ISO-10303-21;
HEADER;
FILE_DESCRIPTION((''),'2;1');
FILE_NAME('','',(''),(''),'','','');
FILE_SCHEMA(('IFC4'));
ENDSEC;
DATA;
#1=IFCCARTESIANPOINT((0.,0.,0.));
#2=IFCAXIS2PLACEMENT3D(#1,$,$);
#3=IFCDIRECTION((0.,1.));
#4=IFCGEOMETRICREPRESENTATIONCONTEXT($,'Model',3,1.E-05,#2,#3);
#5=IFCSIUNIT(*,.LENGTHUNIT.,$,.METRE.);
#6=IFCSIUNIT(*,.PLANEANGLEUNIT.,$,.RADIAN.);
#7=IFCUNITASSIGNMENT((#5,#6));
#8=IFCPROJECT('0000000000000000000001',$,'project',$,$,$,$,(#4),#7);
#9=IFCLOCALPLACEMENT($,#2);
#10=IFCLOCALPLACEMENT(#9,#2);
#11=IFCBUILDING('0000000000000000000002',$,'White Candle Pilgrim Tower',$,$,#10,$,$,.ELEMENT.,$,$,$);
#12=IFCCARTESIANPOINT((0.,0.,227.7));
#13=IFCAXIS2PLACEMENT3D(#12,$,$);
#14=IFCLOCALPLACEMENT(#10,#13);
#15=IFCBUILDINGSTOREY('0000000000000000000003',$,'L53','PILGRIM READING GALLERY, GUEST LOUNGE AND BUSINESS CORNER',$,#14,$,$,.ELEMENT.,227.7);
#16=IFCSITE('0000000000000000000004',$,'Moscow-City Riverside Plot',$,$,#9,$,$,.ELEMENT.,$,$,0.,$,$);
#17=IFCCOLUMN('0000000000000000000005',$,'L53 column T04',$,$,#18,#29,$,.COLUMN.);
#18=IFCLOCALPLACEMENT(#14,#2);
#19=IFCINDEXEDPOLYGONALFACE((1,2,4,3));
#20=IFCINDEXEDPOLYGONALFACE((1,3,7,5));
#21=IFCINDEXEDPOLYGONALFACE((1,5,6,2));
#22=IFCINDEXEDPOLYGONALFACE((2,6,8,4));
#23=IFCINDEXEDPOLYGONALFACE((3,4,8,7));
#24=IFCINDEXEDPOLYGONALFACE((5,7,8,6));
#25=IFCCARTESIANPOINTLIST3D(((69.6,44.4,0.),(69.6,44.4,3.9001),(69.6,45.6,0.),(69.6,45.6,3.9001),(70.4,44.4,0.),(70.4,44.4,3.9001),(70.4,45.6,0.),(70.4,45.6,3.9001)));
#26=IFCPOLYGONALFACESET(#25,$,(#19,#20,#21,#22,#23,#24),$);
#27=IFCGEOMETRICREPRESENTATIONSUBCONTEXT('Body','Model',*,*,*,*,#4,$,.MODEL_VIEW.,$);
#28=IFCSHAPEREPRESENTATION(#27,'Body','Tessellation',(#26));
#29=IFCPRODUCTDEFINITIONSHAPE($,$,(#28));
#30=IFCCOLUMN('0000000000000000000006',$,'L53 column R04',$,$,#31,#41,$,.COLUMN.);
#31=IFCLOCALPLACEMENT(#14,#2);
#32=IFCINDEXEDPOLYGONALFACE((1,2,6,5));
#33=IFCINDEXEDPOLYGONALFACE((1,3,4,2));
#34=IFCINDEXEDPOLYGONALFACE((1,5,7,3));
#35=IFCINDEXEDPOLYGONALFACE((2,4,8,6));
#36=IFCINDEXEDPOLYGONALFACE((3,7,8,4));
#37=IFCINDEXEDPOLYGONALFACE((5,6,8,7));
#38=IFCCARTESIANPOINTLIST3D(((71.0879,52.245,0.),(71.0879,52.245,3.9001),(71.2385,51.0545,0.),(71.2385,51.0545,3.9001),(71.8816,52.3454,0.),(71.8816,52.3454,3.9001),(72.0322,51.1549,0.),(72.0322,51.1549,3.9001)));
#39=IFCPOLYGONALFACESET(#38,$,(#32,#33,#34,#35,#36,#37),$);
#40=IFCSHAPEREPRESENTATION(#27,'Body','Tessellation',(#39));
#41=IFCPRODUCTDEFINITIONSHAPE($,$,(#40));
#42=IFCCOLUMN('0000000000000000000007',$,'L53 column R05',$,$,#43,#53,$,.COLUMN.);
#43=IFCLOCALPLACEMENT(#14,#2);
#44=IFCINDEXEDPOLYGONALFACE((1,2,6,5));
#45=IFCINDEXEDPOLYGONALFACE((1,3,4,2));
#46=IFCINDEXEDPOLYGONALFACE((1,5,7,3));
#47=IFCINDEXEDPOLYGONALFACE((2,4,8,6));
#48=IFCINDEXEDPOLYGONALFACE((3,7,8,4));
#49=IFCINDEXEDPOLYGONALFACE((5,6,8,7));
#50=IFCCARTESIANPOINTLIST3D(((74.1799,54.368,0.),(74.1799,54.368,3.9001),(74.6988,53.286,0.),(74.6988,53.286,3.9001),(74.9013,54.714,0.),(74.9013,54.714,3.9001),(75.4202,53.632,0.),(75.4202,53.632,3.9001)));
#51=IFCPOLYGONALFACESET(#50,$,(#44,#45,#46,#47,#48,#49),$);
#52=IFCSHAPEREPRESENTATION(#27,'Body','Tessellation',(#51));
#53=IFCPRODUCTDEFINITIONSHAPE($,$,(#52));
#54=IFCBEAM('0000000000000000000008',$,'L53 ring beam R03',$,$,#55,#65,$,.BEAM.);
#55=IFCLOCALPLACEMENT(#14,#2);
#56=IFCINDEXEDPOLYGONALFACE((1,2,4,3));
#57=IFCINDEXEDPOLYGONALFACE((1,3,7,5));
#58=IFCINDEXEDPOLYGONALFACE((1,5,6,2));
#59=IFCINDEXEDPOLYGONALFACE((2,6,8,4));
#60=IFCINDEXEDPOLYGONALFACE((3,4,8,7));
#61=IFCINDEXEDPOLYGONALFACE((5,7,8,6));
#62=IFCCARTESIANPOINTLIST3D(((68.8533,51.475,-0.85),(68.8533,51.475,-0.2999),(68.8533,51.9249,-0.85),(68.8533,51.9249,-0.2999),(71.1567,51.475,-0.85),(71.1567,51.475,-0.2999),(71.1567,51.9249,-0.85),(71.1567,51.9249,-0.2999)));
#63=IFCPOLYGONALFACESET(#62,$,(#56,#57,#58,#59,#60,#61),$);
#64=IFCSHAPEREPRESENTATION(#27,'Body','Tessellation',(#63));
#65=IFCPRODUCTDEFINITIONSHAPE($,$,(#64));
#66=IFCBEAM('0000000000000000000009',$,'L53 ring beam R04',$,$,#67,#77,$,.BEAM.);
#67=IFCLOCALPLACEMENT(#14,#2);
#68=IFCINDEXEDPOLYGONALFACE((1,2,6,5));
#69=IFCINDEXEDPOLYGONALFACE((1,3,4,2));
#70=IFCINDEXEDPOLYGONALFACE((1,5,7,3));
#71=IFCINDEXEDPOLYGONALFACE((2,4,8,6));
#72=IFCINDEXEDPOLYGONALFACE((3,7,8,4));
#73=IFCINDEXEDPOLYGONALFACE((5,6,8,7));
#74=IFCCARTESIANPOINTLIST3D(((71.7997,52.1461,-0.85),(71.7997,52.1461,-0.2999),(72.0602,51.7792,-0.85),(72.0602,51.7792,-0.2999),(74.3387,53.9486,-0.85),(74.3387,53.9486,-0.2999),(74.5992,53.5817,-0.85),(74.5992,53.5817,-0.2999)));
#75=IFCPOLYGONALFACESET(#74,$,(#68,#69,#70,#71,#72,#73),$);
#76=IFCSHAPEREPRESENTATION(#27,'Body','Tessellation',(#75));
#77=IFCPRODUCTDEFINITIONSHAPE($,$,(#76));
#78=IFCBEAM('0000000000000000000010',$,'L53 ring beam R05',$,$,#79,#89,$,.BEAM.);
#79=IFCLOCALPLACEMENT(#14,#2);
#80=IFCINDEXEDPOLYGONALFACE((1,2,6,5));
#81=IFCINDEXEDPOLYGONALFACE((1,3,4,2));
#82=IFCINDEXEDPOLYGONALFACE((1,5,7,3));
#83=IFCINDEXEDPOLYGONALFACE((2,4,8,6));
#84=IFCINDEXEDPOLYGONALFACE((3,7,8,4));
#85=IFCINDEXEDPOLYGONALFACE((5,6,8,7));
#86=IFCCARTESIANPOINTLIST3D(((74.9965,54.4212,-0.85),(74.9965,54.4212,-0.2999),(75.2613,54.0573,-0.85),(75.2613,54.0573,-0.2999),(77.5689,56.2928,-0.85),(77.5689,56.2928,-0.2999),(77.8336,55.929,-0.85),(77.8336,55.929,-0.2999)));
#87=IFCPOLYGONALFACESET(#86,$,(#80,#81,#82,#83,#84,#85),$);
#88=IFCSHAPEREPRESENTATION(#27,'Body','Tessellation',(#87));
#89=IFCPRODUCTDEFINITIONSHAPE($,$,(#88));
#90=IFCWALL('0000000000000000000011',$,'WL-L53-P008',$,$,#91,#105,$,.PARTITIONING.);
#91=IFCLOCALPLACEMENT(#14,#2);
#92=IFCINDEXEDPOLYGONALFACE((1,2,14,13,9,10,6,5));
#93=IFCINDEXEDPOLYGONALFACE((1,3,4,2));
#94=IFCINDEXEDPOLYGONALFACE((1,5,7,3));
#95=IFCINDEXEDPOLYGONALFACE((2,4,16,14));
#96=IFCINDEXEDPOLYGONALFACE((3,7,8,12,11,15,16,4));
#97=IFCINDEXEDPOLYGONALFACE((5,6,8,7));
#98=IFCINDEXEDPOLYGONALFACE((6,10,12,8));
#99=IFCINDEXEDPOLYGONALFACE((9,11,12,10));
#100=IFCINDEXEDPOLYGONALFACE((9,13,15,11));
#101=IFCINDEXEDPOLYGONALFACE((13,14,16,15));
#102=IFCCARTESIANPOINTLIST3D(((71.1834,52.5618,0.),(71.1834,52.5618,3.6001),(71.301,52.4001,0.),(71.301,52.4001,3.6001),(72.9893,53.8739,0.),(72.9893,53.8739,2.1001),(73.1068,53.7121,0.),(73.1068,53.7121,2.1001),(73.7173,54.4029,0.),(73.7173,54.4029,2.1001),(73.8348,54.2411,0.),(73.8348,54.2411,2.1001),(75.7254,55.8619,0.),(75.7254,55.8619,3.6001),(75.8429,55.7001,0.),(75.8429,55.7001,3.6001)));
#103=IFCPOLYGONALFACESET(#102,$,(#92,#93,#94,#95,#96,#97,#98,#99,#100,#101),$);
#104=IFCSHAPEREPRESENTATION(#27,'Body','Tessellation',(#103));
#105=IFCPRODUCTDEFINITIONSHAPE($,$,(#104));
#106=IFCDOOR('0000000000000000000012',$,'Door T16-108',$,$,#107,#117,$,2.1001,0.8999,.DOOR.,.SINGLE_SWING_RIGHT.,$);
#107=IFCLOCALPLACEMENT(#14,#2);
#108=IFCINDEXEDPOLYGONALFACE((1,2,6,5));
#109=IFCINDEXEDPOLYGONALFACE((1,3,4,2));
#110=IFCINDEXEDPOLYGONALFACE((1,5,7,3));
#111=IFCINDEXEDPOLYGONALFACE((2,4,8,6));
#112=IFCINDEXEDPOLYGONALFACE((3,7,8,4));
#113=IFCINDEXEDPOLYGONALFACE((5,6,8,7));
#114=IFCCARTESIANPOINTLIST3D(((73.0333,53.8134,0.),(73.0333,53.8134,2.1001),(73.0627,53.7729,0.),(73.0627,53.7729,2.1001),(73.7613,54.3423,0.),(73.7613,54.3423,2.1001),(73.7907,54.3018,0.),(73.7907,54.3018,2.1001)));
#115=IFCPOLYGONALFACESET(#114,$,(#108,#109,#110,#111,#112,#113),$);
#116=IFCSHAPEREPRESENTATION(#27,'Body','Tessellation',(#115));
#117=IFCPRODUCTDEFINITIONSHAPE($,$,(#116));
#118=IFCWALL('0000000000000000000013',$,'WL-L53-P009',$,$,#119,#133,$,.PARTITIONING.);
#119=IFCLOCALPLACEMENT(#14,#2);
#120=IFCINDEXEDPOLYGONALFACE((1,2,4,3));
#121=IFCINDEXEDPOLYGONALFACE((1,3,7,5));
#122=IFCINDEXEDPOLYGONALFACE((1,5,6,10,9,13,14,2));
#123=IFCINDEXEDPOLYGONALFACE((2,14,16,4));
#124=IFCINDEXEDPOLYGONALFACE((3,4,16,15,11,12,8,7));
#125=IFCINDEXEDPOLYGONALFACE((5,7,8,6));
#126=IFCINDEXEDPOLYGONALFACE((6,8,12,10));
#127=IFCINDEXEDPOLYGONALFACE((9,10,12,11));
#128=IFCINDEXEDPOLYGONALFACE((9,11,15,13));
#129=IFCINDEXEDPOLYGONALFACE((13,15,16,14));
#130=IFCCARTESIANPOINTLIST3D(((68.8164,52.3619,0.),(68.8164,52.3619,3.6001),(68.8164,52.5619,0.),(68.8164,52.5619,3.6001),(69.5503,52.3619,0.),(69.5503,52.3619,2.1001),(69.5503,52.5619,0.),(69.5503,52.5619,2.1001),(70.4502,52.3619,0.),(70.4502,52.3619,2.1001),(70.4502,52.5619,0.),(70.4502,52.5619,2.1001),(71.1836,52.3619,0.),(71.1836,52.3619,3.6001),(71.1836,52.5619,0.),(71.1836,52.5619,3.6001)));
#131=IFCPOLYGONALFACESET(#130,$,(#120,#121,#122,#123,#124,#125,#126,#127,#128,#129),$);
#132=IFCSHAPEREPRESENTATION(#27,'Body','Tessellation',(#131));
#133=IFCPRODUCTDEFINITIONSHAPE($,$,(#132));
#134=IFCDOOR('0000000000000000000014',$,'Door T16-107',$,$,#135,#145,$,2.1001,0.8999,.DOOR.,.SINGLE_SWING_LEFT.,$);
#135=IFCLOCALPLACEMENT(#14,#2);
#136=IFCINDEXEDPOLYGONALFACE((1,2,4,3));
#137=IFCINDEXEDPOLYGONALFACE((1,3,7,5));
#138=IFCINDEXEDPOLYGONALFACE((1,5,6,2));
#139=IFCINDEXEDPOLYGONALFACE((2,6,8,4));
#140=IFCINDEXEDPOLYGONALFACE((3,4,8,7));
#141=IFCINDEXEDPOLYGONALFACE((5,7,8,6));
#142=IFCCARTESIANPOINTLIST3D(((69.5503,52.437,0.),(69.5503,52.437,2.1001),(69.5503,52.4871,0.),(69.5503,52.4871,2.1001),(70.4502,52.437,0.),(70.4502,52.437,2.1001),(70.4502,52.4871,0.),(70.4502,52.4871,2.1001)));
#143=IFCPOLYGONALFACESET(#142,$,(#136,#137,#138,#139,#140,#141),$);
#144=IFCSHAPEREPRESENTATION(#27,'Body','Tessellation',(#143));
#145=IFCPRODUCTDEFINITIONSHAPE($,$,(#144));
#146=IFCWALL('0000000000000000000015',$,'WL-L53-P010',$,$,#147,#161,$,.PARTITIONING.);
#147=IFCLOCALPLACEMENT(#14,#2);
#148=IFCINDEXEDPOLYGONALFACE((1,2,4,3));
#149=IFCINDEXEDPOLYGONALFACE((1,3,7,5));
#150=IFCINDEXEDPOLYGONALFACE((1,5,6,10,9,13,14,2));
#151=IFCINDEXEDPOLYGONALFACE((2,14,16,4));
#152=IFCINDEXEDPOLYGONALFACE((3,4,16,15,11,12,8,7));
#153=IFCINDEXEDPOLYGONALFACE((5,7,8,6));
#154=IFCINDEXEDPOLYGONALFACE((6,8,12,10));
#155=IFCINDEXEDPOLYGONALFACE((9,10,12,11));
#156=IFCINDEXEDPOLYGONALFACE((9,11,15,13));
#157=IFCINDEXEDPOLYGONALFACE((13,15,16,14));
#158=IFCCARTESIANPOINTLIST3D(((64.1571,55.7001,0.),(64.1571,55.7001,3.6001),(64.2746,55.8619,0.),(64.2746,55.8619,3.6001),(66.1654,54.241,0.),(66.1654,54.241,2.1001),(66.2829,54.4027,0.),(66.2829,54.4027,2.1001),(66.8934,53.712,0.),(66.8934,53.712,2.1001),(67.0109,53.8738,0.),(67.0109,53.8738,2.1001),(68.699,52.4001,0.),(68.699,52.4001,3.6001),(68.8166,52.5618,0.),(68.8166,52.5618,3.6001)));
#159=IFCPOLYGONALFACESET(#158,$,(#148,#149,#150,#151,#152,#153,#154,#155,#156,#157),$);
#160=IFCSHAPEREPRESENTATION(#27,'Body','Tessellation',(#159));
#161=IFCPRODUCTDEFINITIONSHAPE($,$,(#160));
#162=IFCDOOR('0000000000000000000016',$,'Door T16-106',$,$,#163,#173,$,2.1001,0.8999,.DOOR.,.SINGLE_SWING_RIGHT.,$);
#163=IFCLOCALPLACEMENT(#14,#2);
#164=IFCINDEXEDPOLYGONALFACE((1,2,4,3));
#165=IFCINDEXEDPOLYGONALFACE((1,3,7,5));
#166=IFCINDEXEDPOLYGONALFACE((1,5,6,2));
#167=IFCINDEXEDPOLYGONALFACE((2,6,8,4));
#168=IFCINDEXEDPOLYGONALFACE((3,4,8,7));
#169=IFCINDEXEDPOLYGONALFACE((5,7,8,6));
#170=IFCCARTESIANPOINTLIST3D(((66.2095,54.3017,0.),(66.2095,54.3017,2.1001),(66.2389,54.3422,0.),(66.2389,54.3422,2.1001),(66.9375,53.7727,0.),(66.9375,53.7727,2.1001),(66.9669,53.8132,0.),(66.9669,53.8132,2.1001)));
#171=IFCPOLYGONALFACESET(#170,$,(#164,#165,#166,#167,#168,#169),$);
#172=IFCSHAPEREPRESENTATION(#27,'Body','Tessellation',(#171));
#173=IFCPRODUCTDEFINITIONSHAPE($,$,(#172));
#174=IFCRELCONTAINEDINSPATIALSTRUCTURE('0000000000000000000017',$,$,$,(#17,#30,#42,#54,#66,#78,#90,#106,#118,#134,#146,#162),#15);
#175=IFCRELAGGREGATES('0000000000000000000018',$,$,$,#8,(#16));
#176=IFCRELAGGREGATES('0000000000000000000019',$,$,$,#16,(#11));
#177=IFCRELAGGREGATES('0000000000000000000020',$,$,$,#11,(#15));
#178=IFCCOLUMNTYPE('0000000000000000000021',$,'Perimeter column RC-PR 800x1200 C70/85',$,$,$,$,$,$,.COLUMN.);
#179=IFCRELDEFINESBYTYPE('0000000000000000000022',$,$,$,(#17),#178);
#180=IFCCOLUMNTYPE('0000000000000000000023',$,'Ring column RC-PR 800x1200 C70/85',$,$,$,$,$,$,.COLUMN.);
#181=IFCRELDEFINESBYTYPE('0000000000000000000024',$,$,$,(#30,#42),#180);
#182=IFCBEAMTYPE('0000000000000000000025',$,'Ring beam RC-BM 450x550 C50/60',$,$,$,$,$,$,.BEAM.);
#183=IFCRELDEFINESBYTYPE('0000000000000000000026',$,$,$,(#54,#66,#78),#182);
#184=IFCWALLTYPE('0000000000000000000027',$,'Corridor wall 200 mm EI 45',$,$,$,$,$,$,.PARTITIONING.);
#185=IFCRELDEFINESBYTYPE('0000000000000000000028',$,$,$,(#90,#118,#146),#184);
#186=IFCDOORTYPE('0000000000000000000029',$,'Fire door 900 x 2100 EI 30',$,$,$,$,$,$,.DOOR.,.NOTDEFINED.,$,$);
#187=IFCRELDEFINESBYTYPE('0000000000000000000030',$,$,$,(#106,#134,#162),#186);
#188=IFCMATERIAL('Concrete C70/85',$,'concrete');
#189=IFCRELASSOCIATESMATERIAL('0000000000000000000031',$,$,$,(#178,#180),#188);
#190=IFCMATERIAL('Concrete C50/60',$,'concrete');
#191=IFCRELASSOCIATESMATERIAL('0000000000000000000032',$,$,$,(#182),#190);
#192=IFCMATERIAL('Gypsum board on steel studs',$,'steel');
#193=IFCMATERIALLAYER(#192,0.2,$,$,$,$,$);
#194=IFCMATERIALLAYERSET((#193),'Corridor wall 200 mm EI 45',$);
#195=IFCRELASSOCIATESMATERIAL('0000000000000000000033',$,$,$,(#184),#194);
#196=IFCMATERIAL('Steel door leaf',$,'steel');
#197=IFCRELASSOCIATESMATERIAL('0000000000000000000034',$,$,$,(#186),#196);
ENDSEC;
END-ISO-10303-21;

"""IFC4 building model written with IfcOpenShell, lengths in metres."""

from ifc_helpers import new_model, si_unit, direction, frame, frame_2d, origin, origin_2d, place, context, subcontext, project, spatial, rectangle, extrude, material, layer, layer_set, material_profile, profile_set, type_object, element, fill, save


model = new_model("IFC4")

# Units and contexts
model_context = context("Model", 3, precision=1e-05, world=origin(), true_north=direction((0.0, 1.0)))
body_context = subcontext(model_context, "Body", "Model", "MODEL_VIEW")
ifc_project = project(units=[si_unit("LENGTHUNIT", "METRE"), si_unit("PLANEANGLEUNIT", "RADIAN")], contexts=[model_context])

# Site, building, storey
site_placement = place(None, origin())
site = spatial("IfcSite", under=ifc_project, at=site_placement, Name="Moscow-City Riverside Plot", CompositionType="ELEMENT", RefElevation=0.0)
building_placement = place(site_placement, origin())
building = spatial("IfcBuilding", under=site, at=building_placement, Name="White Candle Pilgrim Tower", CompositionType="ELEMENT")
storey_placement = place(building_placement, frame((0.0, 0.0, 227.7)))
storey = spatial("IfcBuildingStorey", under=building, at=storey_placement, Name="L53", Description="PILGRIM READING GALLERY, GUEST LOUNGE AND BUSINESS CORNER", CompositionType="ELEMENT", Elevation=227.7)

# Columns
ifc_material_1 = material(Name="Concrete C70/85", Category="concrete")
ifc_material_profile_1 = material_profile(ifc_material_1, rectangle(XDim=0.8, YDim=1.2, at=origin_2d()), Name="RC-PR 800x1200")
ifc_profile_set_1 = profile_set([ifc_material_profile_1], Name="Concrete C70/85")
column_type_1 = type_object("IfcColumnType", Name="Perimeter column RC-PR 800x1200 C70/85", PredefinedType="COLUMN", material=ifc_profile_set_1)
column_placement = place(storey_placement, frame((70.0, 45.0, 0.0), z_axis=(0.0, 0.0, 1.0), x_axis=(-1.0, 0.0, 0.0)))
element("IfcColumn", 1, at=column_placement, inside=storey, type_object=column_type_1, Name="L53 column T04", PredefinedType="COLUMN", context=body_context, shape_type="SweptSolid", body=[
    extrude(rectangle(XDim=0.8, YDim=1.2, at=origin_2d()), origin(), (0.0, 0.0, 1.0), 3.9001),
])
ifc_material_profile_2 = material_profile(ifc_material_1, rectangle(XDim=0.8, YDim=1.2, at=origin_2d()), Name="RC-PR 800x1200")
ifc_profile_set_2 = profile_set([ifc_material_profile_2], Name="Concrete C70/85")
column_type_2 = type_object("IfcColumnType", Name="Ring column RC-PR 800x1200 C70/85", PredefinedType="COLUMN", material=ifc_profile_set_2)
for number, where, z_axis, x_axis, name in (
    (2, (71.5601, 51.7, 0.0), (0.0, 0.0, 1.0), (-0.992093, -0.125506, 0.0), "L53 column R04"),
    (3, (74.8, 54.0, 0.0), (0.0, 0.0, 1.0), (-0.901689, -0.432385, 0.0), "L53 column R05"),
):
    element("IfcColumn", number, at=place(storey_placement, frame(where, z_axis=z_axis, x_axis=x_axis)), inside=storey, type_object=column_type_2, Name=name, PredefinedType="COLUMN", context=body_context, shape_type="SweptSolid", body=[
        extrude(rectangle(XDim=0.8, YDim=1.2, at=origin_2d()), origin(), (0.0, 0.0, 1.0), 3.9001),
    ])

# Beams
ifc_material_2 = material(Name="Concrete C50/60", Category="concrete")
ifc_material_profile_3 = material_profile(ifc_material_2, rectangle(XDim=0.45, YDim=0.55, at=origin_2d()), Name="RC-BM 450x550")
ifc_profile_set_3 = profile_set([ifc_material_profile_3], Name="Concrete C50/60")
beam_type = type_object("IfcBeamType", Name="Ring beam RC-BM 450x550 C50/60", PredefinedType="BEAM", material=ifc_profile_set_3)
beam_1_placement = place(storey_placement, frame((68.8533, 51.7, -0.575), z_axis=(1.0, 0.0, 0.0), x_axis=(0.0, 1.0, 0.0)))
element("IfcBeam", 4, at=beam_1_placement, inside=storey, type_object=beam_type, Name="L53 ring beam R03", PredefinedType="BEAM", context=body_context, shape_type="SweptSolid", body=[
    extrude(rectangle(XDim=0.45, YDim=0.55, at=origin_2d()), origin(), (0.0, 0.0, 1.0), 2.3035),
])
beam_2_placement = place(storey_placement, frame((71.9299, 51.9626, -0.575), z_axis=(0.81542, 0.57887, 0.0), x_axis=(-0.57887, 0.81542, 0.0)))
element("IfcBeam", 5, at=beam_2_placement, inside=storey, type_object=beam_type, Name="L53 ring beam R04", PredefinedType="BEAM", context=body_context, shape_type="SweptSolid", body=[
    extrude(rectangle(XDim=0.45, YDim=0.55, at=origin_2d()), origin(), (0.0, 0.0, 1.0), 3.1138),
])
beam_3_placement = place(storey_placement, frame((75.1289, 54.2393, -0.575), z_axis=(0.80861, 0.588345, 0.0), x_axis=(-0.588345, 0.80861, 0.0)))
element("IfcBeam", 6, at=beam_3_placement, inside=storey, type_object=beam_type, Name="L53 ring beam R05", PredefinedType="BEAM", context=body_context, shape_type="SweptSolid", body=[
    extrude(rectangle(XDim=0.45, YDim=0.55, at=origin_2d()), origin(), (0.0, 0.0, 1.0), 3.1812),
])

# Walls, openings, doors
ifc_material_3 = material(Name="Gypsum board on steel studs", Category="steel")
ifc_layer_1 = layer(ifc_material_3, 0.2)
ifc_layer_set_1 = layer_set([ifc_layer_1], Name="Corridor wall 200 mm EI 45")
wall_type_1 = type_object("IfcWallType", Name="Corridor wall 200 mm EI 45", PredefinedType="PARTITIONING", material=ifc_layer_set_1)
wall_1_placement = place(storey_placement, frame((75.7842, 55.781, 0.0), z_axis=(0.0, 0.0, 1.0), x_axis=(-0.809009, -0.587797, 0.0)))
wall_1 = element("IfcWall", 7, at=wall_1_placement, inside=storey, type_object=wall_type_1, Name="WL-L53-P008", PredefinedType="PARTITIONING", context=body_context, shape_type="SweptSolid", body=[
    extrude(rectangle(XDim=5.6143, YDim=0.2, at=frame_2d((2.8071, 0.0))), origin(), (0.0, 0.0, 1.0), 3.6001),
])
opening_1_placement = place(wall_1_placement, frame((2.4822, 0.0, 0.0)))
opening_1 = element("IfcOpeningElement", 8, at=opening_1_placement, cuts=wall_1, PredefinedType="OPENING", context=body_context, shape_type="SweptSolid", body=[
    extrude(rectangle(XDim=0.8999, YDim=2.1001, at=frame_2d((0.45, 1.05))), frame((0.0, 0.1099, 0.0), z_axis=(0.0, -1.0, 0.0), x_axis=(1.0, 0.0, 0.0)), (0.0, 0.0, 1.0), 0.22),
])
ifc_material_4 = material(Name="Steel door leaf", Category="steel")
door_type = type_object("IfcDoorType", Name="Fire door 900 x 2100 EI 30", OperationType="NOTDEFINED", PredefinedType="DOOR", material=ifc_material_4)
door_1_placement = place(opening_1_placement, origin())
door_1 = element("IfcDoor", 9, at=door_1_placement, inside=storey, type_object=door_type, Name="Door T16-108", OperationType="SINGLE_SWING_RIGHT", OverallHeight=2.1001, OverallWidth=0.8999, PredefinedType="DOOR", context=body_context, shape_type="SweptSolid", body=[
    extrude(rectangle(XDim=0.8999, YDim=2.1001, at=frame_2d((0.45, 1.05))), frame((0.0, 0.0249, 0.0), z_axis=(0.0, -1.0, 0.0), x_axis=(1.0, 0.0, 0.0)), (0.0, 0.0, 1.0), 0.05),
])
fill(opening_1, door_1)
wall_2_placement = place(storey_placement, frame((71.1836, 52.4619, 0.0), z_axis=(0.0, 0.0, 1.0), x_axis=(-1.0, 0.0, 0.0)))
wall_2 = element("IfcWall", 10, at=wall_2_placement, inside=storey, type_object=wall_type_1, Name="WL-L53-P009", PredefinedType="PARTITIONING", context=body_context, shape_type="SweptSolid", body=[
    extrude(rectangle(XDim=2.3672, YDim=0.2, at=frame_2d((1.1836, 0.0))), origin(), (0.0, 0.0, 1.0), 3.6001),
])
opening_2_placement = place(wall_2_placement, frame((0.7334, 0.0, 0.0)))
opening_2 = element("IfcOpeningElement", 11, at=opening_2_placement, cuts=wall_2, PredefinedType="OPENING", context=body_context, shape_type="SweptSolid", body=[
    extrude(rectangle(XDim=0.8999, YDim=2.1001, at=frame_2d((0.45, 1.05))), frame((0.0, 0.1099, 0.0), z_axis=(0.0, -1.0, 0.0), x_axis=(1.0, 0.0, 0.0)), (0.0, 0.0, 1.0), 0.22),
])
door_2_placement = place(opening_2_placement, origin())
door_2 = element("IfcDoor", 12, at=door_2_placement, inside=storey, type_object=door_type, Name="Door T16-107", OperationType="SINGLE_SWING_LEFT", OverallHeight=2.1001, OverallWidth=0.8999, PredefinedType="DOOR", context=body_context, shape_type="SweptSolid", body=[
    extrude(rectangle(XDim=0.8999, YDim=2.1001, at=frame_2d((0.45, 1.05))), frame((0.0, 0.0249, 0.0), z_axis=(0.0, -1.0, 0.0), x_axis=(1.0, 0.0, 0.0)), (0.0, 0.0, 1.0), 0.05),
])
fill(opening_2, door_2)
wall_3_placement = place(storey_placement, frame((68.7578, 52.481, 0.0), z_axis=(0.0, 0.0, 1.0), x_axis=(-0.809009, 0.587797, 0.0)))
wall_3 = element("IfcWall", 13, at=wall_3_placement, inside=storey, type_object=wall_type_1, Name="WL-L53-P010", PredefinedType="PARTITIONING", context=body_context, shape_type="SweptSolid", body=[
    extrude(rectangle(XDim=5.6143, YDim=0.2, at=frame_2d((2.8071, 0.0))), origin(), (0.0, 0.0, 1.0), 3.6001),
])
opening_3_placement = place(wall_3_placement, frame((2.2319, 0.0, 0.0)))
opening_3 = element("IfcOpeningElement", 14, at=opening_3_placement, cuts=wall_3, PredefinedType="OPENING", context=body_context, shape_type="SweptSolid", body=[
    extrude(rectangle(XDim=0.8999, YDim=2.1001, at=frame_2d((0.45, 1.05))), frame((0.0, 0.1099, 0.0), z_axis=(0.0, -1.0, 0.0), x_axis=(1.0, 0.0, 0.0)), (0.0, 0.0, 1.0), 0.22),
])
door_3_placement = place(opening_3_placement, origin())
door_3 = element("IfcDoor", 15, at=door_3_placement, inside=storey, type_object=door_type, Name="Door T16-106", OperationType="SINGLE_SWING_RIGHT", OverallHeight=2.1001, OverallWidth=0.8999, PredefinedType="DOOR", context=body_context, shape_type="SweptSolid", body=[
    extrude(rectangle(XDim=0.8999, YDim=2.1001, at=frame_2d((0.45, 1.05))), frame((0.0, 0.0249, 0.0), z_axis=(0.0, -1.0, 0.0), x_axis=(1.0, 0.0, 0.0)), (0.0, 0.0, 1.0), 0.05),
])
fill(opening_3, door_3)

save(model, "model.ifc")
